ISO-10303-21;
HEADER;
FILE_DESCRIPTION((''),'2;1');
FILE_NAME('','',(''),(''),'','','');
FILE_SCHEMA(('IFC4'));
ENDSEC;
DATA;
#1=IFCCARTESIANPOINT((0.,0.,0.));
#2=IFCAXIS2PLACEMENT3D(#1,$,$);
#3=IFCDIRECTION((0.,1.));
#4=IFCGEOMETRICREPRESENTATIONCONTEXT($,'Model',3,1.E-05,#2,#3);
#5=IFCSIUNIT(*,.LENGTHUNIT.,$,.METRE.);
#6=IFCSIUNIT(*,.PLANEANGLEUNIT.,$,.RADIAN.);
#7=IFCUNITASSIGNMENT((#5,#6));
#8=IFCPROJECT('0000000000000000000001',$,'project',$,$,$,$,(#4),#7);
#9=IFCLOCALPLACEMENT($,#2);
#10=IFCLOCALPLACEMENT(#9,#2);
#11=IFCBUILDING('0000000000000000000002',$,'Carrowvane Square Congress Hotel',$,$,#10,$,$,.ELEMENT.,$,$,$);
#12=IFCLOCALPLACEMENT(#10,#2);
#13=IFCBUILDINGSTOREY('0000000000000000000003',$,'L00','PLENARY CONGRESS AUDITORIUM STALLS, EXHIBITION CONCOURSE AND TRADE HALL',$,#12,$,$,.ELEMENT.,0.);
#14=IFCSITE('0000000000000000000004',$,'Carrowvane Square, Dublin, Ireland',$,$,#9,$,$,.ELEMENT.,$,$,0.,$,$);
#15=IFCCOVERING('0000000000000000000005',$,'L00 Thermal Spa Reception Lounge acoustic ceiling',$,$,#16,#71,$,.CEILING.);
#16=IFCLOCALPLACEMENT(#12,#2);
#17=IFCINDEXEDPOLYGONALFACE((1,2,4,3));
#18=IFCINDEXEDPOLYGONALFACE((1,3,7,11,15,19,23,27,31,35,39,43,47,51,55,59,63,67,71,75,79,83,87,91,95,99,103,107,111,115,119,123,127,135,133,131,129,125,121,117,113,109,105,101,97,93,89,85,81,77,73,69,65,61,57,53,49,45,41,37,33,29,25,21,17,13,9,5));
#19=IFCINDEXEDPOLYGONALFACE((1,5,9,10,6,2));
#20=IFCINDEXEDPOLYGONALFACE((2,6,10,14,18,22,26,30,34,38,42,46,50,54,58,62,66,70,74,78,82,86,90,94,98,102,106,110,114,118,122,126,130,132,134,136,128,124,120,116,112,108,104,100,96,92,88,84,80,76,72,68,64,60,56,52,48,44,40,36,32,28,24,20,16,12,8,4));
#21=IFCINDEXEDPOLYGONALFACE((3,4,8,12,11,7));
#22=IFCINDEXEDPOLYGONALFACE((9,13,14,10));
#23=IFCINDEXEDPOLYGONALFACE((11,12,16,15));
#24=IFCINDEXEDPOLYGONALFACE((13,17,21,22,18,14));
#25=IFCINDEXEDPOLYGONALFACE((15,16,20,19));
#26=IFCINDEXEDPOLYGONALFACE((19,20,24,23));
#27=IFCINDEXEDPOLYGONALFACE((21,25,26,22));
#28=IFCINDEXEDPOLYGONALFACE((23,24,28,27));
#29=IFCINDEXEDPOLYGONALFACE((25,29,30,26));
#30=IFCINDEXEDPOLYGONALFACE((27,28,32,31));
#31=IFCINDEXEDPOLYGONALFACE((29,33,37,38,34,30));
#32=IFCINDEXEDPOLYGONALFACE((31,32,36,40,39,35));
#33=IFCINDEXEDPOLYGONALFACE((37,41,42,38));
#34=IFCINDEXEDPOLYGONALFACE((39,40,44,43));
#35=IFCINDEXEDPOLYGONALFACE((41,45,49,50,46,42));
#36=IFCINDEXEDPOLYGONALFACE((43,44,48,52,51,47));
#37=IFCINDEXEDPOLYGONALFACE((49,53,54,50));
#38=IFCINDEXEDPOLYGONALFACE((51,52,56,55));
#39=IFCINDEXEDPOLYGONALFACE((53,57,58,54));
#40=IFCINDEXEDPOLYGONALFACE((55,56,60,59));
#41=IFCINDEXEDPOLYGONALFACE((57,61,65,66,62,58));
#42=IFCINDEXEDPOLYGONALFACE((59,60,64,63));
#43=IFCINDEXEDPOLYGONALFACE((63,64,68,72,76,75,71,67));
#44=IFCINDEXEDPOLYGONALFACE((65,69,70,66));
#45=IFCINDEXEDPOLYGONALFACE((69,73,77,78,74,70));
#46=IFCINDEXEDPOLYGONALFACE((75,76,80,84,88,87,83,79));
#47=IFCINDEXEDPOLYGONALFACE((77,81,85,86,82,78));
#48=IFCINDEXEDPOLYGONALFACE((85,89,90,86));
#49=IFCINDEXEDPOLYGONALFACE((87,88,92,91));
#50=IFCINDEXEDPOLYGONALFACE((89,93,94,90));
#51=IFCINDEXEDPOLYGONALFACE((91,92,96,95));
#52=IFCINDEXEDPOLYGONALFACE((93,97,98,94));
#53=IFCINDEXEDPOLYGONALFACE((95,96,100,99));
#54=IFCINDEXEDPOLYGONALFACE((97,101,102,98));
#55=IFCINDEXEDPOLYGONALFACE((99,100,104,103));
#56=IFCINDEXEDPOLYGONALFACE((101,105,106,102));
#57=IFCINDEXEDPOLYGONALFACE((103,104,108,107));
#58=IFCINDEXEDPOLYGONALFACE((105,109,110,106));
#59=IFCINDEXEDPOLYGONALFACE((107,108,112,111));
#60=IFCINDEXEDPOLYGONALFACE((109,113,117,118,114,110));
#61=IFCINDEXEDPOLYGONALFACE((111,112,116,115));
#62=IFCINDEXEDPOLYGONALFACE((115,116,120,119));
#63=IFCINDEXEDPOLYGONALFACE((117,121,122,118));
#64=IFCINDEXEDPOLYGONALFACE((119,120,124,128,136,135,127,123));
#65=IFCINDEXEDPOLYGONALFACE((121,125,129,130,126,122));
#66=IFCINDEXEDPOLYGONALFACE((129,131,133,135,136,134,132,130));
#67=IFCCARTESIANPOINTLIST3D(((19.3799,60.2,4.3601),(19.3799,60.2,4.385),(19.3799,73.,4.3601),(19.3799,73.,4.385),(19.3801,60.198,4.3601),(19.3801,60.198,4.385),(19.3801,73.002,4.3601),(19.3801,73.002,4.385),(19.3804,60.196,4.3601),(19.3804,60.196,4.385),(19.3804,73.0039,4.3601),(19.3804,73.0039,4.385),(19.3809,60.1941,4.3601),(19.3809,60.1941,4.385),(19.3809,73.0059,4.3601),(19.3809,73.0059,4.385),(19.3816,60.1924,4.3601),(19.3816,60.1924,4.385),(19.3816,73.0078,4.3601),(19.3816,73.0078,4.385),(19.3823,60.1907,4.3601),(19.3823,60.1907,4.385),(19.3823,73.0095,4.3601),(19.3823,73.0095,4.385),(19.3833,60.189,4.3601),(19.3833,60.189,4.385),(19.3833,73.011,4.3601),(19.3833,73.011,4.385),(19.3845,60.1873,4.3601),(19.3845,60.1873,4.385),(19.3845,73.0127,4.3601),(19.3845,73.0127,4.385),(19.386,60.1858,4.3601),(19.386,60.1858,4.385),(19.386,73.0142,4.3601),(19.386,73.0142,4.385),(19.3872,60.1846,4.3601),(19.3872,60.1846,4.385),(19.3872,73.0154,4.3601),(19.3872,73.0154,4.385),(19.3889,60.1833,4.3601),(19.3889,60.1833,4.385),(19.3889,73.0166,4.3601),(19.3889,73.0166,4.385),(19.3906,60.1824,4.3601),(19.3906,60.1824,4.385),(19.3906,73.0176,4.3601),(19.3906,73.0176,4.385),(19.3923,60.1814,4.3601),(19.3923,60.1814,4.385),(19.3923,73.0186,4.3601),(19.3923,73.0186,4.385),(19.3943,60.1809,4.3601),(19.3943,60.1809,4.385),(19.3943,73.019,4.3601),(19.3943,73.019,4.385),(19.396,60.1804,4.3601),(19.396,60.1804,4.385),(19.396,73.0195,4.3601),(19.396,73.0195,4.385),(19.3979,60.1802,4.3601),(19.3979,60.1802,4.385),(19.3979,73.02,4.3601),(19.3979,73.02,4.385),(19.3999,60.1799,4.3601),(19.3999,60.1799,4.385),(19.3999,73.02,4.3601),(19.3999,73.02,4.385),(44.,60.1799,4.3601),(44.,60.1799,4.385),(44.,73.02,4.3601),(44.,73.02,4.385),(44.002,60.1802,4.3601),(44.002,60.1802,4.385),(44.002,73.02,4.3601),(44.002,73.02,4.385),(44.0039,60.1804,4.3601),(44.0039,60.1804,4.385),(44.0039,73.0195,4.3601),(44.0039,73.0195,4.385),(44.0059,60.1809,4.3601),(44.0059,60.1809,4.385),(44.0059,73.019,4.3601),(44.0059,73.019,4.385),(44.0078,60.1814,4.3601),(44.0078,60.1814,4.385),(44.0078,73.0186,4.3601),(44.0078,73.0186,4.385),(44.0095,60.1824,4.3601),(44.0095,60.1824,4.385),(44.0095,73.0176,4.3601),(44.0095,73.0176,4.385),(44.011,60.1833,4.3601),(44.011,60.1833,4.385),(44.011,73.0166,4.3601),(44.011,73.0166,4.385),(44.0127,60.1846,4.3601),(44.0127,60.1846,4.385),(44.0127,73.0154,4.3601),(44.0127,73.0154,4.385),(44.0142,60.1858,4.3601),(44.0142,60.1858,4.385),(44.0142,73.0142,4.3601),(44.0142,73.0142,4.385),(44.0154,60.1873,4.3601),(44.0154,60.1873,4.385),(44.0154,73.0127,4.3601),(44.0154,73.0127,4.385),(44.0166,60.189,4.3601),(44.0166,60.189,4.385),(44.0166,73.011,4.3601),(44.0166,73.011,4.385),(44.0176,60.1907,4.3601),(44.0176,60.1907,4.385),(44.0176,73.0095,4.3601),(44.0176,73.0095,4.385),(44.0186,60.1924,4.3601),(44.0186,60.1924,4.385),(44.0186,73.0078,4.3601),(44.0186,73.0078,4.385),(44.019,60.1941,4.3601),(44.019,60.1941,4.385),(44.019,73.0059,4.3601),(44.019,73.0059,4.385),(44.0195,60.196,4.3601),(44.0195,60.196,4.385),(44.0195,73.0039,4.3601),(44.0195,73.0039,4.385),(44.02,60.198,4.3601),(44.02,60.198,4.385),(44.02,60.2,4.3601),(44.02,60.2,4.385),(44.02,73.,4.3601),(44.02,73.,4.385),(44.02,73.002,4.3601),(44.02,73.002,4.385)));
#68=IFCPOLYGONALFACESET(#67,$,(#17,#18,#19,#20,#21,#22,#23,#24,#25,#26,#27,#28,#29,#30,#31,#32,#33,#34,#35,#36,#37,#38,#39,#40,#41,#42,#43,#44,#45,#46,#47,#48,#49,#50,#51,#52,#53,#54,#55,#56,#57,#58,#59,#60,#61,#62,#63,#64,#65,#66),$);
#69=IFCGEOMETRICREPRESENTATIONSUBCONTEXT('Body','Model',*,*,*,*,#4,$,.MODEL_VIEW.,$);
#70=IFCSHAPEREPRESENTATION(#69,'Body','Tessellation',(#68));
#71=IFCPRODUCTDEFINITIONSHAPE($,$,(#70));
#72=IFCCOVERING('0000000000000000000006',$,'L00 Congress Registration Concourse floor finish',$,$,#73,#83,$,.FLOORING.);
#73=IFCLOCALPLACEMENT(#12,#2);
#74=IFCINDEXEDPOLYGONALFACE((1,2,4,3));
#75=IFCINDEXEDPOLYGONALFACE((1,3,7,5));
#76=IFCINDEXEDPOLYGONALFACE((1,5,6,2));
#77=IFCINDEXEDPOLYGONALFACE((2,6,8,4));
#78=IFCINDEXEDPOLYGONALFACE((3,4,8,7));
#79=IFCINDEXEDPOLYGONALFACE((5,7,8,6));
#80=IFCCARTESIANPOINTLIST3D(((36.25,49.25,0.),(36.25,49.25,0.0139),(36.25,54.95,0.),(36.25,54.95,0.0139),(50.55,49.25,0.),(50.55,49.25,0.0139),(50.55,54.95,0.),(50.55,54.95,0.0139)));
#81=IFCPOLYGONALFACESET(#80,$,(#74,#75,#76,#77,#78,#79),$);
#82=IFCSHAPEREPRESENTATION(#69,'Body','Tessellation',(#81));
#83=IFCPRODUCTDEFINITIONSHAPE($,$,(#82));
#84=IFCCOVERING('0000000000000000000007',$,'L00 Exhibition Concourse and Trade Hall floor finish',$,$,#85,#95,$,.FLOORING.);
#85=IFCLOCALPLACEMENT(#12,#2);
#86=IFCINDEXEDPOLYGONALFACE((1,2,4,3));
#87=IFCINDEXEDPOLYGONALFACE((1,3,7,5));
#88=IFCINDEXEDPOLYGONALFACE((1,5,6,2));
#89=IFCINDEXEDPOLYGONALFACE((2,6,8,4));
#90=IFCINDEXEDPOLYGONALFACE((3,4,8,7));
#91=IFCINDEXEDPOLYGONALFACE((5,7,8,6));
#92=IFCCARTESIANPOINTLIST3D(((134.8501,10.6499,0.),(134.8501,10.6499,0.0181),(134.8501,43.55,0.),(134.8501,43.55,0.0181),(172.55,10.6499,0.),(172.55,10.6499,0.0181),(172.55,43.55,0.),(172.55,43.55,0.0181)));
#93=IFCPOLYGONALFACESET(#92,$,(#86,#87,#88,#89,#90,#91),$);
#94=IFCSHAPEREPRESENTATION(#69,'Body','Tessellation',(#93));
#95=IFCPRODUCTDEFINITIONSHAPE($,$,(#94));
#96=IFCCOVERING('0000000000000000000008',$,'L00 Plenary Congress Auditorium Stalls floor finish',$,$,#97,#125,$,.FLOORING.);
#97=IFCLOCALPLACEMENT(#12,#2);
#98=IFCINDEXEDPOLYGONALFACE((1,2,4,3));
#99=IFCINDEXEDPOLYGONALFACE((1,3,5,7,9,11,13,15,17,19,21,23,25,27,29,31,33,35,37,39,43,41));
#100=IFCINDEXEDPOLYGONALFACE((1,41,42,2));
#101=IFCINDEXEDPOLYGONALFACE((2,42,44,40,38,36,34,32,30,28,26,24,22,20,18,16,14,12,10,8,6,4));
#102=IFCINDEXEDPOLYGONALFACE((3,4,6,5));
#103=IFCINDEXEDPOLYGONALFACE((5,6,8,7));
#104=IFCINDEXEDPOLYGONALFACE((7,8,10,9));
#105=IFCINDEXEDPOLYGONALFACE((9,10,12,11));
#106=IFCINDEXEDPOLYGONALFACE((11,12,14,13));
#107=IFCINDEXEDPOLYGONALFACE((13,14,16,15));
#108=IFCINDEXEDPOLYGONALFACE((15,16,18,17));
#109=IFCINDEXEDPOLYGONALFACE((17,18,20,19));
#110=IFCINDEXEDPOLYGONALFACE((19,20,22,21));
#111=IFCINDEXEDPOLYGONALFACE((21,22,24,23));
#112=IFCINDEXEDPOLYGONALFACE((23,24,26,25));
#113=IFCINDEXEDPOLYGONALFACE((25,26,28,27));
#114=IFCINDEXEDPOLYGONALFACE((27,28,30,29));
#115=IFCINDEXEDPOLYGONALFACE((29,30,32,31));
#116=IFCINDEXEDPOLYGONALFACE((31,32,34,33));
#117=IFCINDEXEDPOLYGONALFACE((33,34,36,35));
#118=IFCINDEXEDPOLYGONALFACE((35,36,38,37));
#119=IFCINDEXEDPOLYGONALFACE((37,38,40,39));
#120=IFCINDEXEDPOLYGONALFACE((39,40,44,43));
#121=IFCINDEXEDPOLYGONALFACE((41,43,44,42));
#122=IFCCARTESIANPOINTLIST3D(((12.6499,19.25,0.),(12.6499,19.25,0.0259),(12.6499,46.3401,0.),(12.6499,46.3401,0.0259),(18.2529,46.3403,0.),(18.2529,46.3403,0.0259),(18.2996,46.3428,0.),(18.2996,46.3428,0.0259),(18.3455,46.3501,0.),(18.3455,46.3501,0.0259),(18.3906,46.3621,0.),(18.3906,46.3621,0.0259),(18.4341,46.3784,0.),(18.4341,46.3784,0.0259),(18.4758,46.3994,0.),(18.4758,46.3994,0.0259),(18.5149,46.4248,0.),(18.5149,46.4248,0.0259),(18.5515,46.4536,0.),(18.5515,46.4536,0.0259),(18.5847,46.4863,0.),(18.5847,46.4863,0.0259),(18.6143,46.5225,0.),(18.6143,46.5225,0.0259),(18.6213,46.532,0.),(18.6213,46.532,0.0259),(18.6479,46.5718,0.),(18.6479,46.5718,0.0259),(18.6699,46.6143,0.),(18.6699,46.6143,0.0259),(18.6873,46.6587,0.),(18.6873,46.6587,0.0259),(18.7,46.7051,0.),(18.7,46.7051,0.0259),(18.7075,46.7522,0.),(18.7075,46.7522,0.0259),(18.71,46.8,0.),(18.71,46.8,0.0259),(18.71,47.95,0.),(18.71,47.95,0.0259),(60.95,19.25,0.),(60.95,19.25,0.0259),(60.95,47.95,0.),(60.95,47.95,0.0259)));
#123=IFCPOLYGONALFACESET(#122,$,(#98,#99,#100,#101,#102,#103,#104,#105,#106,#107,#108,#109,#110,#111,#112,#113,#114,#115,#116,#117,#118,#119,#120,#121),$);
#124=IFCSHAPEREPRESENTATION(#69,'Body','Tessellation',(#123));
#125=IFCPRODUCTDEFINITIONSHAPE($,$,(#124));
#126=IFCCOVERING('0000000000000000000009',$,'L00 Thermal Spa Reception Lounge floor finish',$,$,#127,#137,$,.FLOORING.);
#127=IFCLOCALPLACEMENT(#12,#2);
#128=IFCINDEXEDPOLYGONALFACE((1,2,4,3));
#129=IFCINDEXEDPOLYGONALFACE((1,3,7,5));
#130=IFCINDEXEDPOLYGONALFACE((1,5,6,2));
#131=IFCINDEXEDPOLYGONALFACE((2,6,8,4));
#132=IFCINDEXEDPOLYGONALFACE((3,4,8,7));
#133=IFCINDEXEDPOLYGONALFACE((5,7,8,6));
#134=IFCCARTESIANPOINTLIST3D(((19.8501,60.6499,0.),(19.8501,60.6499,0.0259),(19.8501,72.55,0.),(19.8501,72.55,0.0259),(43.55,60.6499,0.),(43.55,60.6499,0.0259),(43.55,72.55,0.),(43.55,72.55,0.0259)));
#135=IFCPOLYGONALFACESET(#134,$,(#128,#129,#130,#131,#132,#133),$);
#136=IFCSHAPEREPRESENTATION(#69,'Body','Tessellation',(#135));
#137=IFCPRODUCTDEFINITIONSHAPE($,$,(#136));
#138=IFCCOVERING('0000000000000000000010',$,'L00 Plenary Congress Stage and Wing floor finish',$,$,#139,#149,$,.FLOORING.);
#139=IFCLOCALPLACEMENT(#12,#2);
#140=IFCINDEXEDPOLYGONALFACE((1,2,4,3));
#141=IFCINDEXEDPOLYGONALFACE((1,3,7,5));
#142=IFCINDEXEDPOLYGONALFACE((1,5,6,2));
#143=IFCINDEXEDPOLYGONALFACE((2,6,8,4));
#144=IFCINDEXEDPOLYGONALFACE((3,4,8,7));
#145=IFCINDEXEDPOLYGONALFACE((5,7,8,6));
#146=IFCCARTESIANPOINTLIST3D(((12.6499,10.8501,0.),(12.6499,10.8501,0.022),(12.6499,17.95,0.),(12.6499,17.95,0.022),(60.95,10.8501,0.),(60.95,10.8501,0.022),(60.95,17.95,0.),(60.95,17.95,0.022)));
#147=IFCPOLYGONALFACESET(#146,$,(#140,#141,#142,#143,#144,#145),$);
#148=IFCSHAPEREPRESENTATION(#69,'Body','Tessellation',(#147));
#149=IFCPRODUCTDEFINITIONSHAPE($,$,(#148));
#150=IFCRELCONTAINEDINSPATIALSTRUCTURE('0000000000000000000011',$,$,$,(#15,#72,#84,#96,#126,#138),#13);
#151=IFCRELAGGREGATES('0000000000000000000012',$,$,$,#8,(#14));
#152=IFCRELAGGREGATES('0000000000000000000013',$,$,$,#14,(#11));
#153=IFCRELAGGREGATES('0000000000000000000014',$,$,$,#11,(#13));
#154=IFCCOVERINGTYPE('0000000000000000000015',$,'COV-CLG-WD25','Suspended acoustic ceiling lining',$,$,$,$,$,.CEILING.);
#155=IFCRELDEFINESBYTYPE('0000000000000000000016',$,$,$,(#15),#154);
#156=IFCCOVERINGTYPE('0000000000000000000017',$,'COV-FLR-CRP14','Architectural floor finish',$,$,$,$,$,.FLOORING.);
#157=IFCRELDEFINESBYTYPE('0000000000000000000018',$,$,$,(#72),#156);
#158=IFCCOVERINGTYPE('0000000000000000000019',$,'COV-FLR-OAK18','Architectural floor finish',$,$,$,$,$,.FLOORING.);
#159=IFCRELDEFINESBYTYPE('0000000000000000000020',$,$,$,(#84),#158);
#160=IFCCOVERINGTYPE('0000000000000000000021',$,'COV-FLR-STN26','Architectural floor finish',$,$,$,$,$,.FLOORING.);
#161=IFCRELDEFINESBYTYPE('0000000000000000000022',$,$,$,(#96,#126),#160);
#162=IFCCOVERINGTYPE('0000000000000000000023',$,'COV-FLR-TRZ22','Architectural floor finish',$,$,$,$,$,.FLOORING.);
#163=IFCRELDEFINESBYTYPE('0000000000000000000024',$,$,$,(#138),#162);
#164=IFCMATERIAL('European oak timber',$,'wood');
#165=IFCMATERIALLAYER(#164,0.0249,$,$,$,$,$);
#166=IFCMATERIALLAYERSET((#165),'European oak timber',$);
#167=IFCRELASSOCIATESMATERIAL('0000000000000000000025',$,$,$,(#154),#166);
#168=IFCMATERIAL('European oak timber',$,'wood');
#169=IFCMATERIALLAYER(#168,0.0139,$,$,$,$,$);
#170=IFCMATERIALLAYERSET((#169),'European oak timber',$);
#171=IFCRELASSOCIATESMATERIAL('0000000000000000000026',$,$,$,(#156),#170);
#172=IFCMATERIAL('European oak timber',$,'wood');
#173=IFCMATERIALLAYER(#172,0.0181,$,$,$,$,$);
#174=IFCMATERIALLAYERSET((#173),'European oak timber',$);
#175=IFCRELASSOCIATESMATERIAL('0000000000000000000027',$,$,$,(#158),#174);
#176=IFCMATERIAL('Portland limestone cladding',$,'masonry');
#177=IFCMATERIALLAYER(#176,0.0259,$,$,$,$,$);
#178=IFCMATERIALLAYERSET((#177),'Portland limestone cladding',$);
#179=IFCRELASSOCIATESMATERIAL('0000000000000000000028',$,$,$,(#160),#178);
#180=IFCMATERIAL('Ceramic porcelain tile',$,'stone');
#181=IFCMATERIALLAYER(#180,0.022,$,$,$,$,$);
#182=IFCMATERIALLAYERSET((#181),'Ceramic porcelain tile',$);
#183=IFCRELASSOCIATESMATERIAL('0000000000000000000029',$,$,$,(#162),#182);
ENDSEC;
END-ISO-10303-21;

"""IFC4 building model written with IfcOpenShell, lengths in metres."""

from ifc_helpers import new_model, si_unit, direction, frame, origin, place, context, subcontext, project, spatial, polyline, outline, extrude, material, layer, layer_set, type_object, element, save


model = new_model("IFC4")

# Units and contexts
model_context = context("Model", 3, precision=1e-05, world=origin(), true_north=direction((0.0, 1.0)))
body_context = subcontext(model_context, "Body", "Model", "MODEL_VIEW")
ifc_project = project(units=[si_unit("LENGTHUNIT", "METRE"), si_unit("PLANEANGLEUNIT", "RADIAN")], contexts=[model_context])

# Site, building, storey
site_placement = place(None, origin())
site = spatial("IfcSite", under=ifc_project, at=site_placement, Name="Carrowvane Square, Dublin, Ireland", CompositionType="ELEMENT", RefElevation=0.0)
building_placement = place(site_placement, origin())
building = spatial("IfcBuilding", under=site, at=building_placement, Name="Carrowvane Square Congress Hotel", CompositionType="ELEMENT")
storey_placement = place(building_placement, origin())
storey = spatial("IfcBuildingStorey", under=building, at=storey_placement, Name="L00", Description="PLENARY CONGRESS AUDITORIUM STALLS, EXHIBITION CONCOURSE AND TRADE HALL", CompositionType="ELEMENT", Elevation=0.0)

# Coverings
ifc_material_1 = material(Name="European oak timber", Category="wood")
ifc_layer_1 = layer(ifc_material_1, 0.0249)
ifc_layer_set_1 = layer_set([ifc_layer_1], Name="European oak timber")
covering_type_1 = type_object("IfcCoveringType", Name="COV-CLG-WD25", Description="Suspended acoustic ceiling lining", PredefinedType="CEILING", material=ifc_layer_set_1)
covering_1_placement = place(storey_placement, frame((0.0, 0.0, 4.3601)))
element("IfcCovering", 1, at=covering_1_placement, inside=storey, type_object=covering_type_1, Name="L00 Thermal Spa Reception Lounge acoustic ceiling", PredefinedType="CEILING", context=body_context, shape_type="SweptSolid", body=[
    extrude(outline(polyline([(19.3943, 73.019), (19.396, 73.0195), (19.3979, 73.02), (19.3999, 73.02), (44.0, 73.02), (44.002, 73.02), (44.0039, 73.0195), (44.0059, 73.019), (44.0078, 73.0186), (44.0095, 73.0176), (44.011, 73.0166), (44.0127, 73.0154), (44.0142, 73.0142), (44.0154, 73.0127), (44.0166, 73.011), (44.0176, 73.0095), (44.0186, 73.0078), (44.019, 73.0059), (44.0195, 73.0039), (44.02, 73.002), (44.02, 73.0), (44.02, 60.2), (44.02, 60.198), (44.0195, 60.196), (44.019, 60.1941), (44.0186, 60.1924), (44.0176, 60.1907), (44.0166, 60.189), (44.0154, 60.1873), (44.0142, 60.1858), (44.0127, 60.1846), (44.011, 60.1833), (44.0095, 60.1824), (44.0078, 60.1814), (44.0059, 60.1809), (44.0039, 60.1804), (44.002, 60.1802), (44.0, 60.1799), (19.3999, 60.1799), (19.3979, 60.1802), (19.396, 60.1804), (19.3943, 60.1809), (19.3923, 60.1814), (19.3906, 60.1824), (19.3889, 60.1833), (19.3872, 60.1846), (19.386, 60.1858), (19.3845, 60.1873), (19.3833, 60.189), (19.3823, 60.1907), (19.3816, 60.1924), (19.3809, 60.1941), (19.3804, 60.196), (19.3801, 60.198), (19.3799, 60.2), (19.3799, 73.0), (19.3801, 73.002), (19.3804, 73.0039), (19.3809, 73.0059), (19.3816, 73.0078), (19.3823, 73.0095), (19.3833, 73.011), (19.3845, 73.0127), (19.386, 73.0142), (19.3872, 73.0154), (19.3889, 73.0166), (19.3906, 73.0176), (19.3923, 73.0186), (19.3943, 73.019)])), origin(), (0.0, 0.0, 1.0), 0.0249),
])
ifc_material_2 = material(Name="European oak timber", Category="wood")
ifc_layer_2 = layer(ifc_material_2, 0.0139)
ifc_layer_set_2 = layer_set([ifc_layer_2], Name="European oak timber")
covering_type_2 = type_object("IfcCoveringType", Name="COV-FLR-CRP14", Description="Architectural floor finish", PredefinedType="FLOORING", material=ifc_layer_set_2)
covering_2_placement = place(storey_placement, origin())
element("IfcCovering", 2, at=covering_2_placement, inside=storey, type_object=covering_type_2, Name="L00 Congress Registration Concourse floor finish", PredefinedType="FLOORING", context=body_context, shape_type="SweptSolid", body=[
    extrude(outline(polyline([(50.55, 54.95), (50.55, 49.25), (36.25, 49.25), (36.25, 54.95), (50.55, 54.95)])), origin(), (0.0, 0.0, 1.0), 0.0139),
])
ifc_material_3 = material(Name="European oak timber", Category="wood")
ifc_layer_3 = layer(ifc_material_3, 0.0181)
ifc_layer_set_3 = layer_set([ifc_layer_3], Name="European oak timber")
covering_type_3 = type_object("IfcCoveringType", Name="COV-FLR-OAK18", Description="Architectural floor finish", PredefinedType="FLOORING", material=ifc_layer_set_3)
covering_3_placement = place(storey_placement, origin())
element("IfcCovering", 3, at=covering_3_placement, inside=storey, type_object=covering_type_3, Name="L00 Exhibition Concourse and Trade Hall floor finish", PredefinedType="FLOORING", context=body_context, shape_type="SweptSolid", body=[
    extrude(outline(polyline([(172.55, 43.55), (172.55, 10.6499), (134.8501, 10.6499), (134.8501, 43.55), (172.55, 43.55)])), origin(), (0.0, 0.0, 1.0), 0.0181),
])
ifc_material_4 = material(Name="Portland limestone cladding", Category="masonry")
ifc_layer_4 = layer(ifc_material_4, 0.0259)
ifc_layer_set_4 = layer_set([ifc_layer_4], Name="Portland limestone cladding")
covering_type_4 = type_object("IfcCoveringType", Name="COV-FLR-STN26", Description="Architectural floor finish", PredefinedType="FLOORING", material=ifc_layer_set_4)
covering_4_placement = place(storey_placement, origin())
element("IfcCovering", 4, at=covering_4_placement, inside=storey, type_object=covering_type_4, Name="L00 Plenary Congress Auditorium Stalls floor finish", PredefinedType="FLOORING", context=body_context, shape_type="SweptSolid", body=[
    extrude(outline(polyline([(18.6699, 46.6143), (18.6873, 46.6587), (18.7, 46.7051), (18.7075, 46.7522), (18.71, 46.8), (18.71, 47.95), (60.95, 47.95), (60.95, 19.25), (12.6499, 19.25), (12.6499, 46.3401), (18.2529, 46.3403), (18.2996, 46.3428), (18.3455, 46.3501), (18.3906, 46.3621), (18.4341, 46.3784), (18.4758, 46.3994), (18.5149, 46.4248), (18.5515, 46.4536), (18.5847, 46.4863), (18.6143, 46.5225), (18.6213, 46.532), (18.6479, 46.5718), (18.6699, 46.6143)])), origin(), (0.0, 0.0, 1.0), 0.0259),
])
covering_5_placement = place(storey_placement, origin())
element("IfcCovering", 5, at=covering_5_placement, inside=storey, type_object=covering_type_4, Name="L00 Thermal Spa Reception Lounge floor finish", PredefinedType="FLOORING", context=body_context, shape_type="SweptSolid", body=[
    extrude(outline(polyline([(43.55, 72.55), (43.55, 60.6499), (19.8501, 60.6499), (19.8501, 72.55), (43.55, 72.55)])), origin(), (0.0, 0.0, 1.0), 0.0259),
])
ifc_material_5 = material(Name="Ceramic porcelain tile", Category="stone")
ifc_layer_5 = layer(ifc_material_5, 0.022)
ifc_layer_set_5 = layer_set([ifc_layer_5], Name="Ceramic porcelain tile")
covering_type_5 = type_object("IfcCoveringType", Name="COV-FLR-TRZ22", Description="Architectural floor finish", PredefinedType="FLOORING", material=ifc_layer_set_5)
covering_6_placement = place(storey_placement, origin())
element("IfcCovering", 6, at=covering_6_placement, inside=storey, type_object=covering_type_5, Name="L00 Plenary Congress Stage and Wing floor finish", PredefinedType="FLOORING", context=body_context, shape_type="SweptSolid", body=[
    extrude(outline(polyline([(60.95, 17.95), (60.95, 10.8501), (12.6499, 10.8501), (12.6499, 17.95), (60.95, 17.95)])), origin(), (0.0, 0.0, 1.0), 0.022),
])

save(model, "model.ifc")
